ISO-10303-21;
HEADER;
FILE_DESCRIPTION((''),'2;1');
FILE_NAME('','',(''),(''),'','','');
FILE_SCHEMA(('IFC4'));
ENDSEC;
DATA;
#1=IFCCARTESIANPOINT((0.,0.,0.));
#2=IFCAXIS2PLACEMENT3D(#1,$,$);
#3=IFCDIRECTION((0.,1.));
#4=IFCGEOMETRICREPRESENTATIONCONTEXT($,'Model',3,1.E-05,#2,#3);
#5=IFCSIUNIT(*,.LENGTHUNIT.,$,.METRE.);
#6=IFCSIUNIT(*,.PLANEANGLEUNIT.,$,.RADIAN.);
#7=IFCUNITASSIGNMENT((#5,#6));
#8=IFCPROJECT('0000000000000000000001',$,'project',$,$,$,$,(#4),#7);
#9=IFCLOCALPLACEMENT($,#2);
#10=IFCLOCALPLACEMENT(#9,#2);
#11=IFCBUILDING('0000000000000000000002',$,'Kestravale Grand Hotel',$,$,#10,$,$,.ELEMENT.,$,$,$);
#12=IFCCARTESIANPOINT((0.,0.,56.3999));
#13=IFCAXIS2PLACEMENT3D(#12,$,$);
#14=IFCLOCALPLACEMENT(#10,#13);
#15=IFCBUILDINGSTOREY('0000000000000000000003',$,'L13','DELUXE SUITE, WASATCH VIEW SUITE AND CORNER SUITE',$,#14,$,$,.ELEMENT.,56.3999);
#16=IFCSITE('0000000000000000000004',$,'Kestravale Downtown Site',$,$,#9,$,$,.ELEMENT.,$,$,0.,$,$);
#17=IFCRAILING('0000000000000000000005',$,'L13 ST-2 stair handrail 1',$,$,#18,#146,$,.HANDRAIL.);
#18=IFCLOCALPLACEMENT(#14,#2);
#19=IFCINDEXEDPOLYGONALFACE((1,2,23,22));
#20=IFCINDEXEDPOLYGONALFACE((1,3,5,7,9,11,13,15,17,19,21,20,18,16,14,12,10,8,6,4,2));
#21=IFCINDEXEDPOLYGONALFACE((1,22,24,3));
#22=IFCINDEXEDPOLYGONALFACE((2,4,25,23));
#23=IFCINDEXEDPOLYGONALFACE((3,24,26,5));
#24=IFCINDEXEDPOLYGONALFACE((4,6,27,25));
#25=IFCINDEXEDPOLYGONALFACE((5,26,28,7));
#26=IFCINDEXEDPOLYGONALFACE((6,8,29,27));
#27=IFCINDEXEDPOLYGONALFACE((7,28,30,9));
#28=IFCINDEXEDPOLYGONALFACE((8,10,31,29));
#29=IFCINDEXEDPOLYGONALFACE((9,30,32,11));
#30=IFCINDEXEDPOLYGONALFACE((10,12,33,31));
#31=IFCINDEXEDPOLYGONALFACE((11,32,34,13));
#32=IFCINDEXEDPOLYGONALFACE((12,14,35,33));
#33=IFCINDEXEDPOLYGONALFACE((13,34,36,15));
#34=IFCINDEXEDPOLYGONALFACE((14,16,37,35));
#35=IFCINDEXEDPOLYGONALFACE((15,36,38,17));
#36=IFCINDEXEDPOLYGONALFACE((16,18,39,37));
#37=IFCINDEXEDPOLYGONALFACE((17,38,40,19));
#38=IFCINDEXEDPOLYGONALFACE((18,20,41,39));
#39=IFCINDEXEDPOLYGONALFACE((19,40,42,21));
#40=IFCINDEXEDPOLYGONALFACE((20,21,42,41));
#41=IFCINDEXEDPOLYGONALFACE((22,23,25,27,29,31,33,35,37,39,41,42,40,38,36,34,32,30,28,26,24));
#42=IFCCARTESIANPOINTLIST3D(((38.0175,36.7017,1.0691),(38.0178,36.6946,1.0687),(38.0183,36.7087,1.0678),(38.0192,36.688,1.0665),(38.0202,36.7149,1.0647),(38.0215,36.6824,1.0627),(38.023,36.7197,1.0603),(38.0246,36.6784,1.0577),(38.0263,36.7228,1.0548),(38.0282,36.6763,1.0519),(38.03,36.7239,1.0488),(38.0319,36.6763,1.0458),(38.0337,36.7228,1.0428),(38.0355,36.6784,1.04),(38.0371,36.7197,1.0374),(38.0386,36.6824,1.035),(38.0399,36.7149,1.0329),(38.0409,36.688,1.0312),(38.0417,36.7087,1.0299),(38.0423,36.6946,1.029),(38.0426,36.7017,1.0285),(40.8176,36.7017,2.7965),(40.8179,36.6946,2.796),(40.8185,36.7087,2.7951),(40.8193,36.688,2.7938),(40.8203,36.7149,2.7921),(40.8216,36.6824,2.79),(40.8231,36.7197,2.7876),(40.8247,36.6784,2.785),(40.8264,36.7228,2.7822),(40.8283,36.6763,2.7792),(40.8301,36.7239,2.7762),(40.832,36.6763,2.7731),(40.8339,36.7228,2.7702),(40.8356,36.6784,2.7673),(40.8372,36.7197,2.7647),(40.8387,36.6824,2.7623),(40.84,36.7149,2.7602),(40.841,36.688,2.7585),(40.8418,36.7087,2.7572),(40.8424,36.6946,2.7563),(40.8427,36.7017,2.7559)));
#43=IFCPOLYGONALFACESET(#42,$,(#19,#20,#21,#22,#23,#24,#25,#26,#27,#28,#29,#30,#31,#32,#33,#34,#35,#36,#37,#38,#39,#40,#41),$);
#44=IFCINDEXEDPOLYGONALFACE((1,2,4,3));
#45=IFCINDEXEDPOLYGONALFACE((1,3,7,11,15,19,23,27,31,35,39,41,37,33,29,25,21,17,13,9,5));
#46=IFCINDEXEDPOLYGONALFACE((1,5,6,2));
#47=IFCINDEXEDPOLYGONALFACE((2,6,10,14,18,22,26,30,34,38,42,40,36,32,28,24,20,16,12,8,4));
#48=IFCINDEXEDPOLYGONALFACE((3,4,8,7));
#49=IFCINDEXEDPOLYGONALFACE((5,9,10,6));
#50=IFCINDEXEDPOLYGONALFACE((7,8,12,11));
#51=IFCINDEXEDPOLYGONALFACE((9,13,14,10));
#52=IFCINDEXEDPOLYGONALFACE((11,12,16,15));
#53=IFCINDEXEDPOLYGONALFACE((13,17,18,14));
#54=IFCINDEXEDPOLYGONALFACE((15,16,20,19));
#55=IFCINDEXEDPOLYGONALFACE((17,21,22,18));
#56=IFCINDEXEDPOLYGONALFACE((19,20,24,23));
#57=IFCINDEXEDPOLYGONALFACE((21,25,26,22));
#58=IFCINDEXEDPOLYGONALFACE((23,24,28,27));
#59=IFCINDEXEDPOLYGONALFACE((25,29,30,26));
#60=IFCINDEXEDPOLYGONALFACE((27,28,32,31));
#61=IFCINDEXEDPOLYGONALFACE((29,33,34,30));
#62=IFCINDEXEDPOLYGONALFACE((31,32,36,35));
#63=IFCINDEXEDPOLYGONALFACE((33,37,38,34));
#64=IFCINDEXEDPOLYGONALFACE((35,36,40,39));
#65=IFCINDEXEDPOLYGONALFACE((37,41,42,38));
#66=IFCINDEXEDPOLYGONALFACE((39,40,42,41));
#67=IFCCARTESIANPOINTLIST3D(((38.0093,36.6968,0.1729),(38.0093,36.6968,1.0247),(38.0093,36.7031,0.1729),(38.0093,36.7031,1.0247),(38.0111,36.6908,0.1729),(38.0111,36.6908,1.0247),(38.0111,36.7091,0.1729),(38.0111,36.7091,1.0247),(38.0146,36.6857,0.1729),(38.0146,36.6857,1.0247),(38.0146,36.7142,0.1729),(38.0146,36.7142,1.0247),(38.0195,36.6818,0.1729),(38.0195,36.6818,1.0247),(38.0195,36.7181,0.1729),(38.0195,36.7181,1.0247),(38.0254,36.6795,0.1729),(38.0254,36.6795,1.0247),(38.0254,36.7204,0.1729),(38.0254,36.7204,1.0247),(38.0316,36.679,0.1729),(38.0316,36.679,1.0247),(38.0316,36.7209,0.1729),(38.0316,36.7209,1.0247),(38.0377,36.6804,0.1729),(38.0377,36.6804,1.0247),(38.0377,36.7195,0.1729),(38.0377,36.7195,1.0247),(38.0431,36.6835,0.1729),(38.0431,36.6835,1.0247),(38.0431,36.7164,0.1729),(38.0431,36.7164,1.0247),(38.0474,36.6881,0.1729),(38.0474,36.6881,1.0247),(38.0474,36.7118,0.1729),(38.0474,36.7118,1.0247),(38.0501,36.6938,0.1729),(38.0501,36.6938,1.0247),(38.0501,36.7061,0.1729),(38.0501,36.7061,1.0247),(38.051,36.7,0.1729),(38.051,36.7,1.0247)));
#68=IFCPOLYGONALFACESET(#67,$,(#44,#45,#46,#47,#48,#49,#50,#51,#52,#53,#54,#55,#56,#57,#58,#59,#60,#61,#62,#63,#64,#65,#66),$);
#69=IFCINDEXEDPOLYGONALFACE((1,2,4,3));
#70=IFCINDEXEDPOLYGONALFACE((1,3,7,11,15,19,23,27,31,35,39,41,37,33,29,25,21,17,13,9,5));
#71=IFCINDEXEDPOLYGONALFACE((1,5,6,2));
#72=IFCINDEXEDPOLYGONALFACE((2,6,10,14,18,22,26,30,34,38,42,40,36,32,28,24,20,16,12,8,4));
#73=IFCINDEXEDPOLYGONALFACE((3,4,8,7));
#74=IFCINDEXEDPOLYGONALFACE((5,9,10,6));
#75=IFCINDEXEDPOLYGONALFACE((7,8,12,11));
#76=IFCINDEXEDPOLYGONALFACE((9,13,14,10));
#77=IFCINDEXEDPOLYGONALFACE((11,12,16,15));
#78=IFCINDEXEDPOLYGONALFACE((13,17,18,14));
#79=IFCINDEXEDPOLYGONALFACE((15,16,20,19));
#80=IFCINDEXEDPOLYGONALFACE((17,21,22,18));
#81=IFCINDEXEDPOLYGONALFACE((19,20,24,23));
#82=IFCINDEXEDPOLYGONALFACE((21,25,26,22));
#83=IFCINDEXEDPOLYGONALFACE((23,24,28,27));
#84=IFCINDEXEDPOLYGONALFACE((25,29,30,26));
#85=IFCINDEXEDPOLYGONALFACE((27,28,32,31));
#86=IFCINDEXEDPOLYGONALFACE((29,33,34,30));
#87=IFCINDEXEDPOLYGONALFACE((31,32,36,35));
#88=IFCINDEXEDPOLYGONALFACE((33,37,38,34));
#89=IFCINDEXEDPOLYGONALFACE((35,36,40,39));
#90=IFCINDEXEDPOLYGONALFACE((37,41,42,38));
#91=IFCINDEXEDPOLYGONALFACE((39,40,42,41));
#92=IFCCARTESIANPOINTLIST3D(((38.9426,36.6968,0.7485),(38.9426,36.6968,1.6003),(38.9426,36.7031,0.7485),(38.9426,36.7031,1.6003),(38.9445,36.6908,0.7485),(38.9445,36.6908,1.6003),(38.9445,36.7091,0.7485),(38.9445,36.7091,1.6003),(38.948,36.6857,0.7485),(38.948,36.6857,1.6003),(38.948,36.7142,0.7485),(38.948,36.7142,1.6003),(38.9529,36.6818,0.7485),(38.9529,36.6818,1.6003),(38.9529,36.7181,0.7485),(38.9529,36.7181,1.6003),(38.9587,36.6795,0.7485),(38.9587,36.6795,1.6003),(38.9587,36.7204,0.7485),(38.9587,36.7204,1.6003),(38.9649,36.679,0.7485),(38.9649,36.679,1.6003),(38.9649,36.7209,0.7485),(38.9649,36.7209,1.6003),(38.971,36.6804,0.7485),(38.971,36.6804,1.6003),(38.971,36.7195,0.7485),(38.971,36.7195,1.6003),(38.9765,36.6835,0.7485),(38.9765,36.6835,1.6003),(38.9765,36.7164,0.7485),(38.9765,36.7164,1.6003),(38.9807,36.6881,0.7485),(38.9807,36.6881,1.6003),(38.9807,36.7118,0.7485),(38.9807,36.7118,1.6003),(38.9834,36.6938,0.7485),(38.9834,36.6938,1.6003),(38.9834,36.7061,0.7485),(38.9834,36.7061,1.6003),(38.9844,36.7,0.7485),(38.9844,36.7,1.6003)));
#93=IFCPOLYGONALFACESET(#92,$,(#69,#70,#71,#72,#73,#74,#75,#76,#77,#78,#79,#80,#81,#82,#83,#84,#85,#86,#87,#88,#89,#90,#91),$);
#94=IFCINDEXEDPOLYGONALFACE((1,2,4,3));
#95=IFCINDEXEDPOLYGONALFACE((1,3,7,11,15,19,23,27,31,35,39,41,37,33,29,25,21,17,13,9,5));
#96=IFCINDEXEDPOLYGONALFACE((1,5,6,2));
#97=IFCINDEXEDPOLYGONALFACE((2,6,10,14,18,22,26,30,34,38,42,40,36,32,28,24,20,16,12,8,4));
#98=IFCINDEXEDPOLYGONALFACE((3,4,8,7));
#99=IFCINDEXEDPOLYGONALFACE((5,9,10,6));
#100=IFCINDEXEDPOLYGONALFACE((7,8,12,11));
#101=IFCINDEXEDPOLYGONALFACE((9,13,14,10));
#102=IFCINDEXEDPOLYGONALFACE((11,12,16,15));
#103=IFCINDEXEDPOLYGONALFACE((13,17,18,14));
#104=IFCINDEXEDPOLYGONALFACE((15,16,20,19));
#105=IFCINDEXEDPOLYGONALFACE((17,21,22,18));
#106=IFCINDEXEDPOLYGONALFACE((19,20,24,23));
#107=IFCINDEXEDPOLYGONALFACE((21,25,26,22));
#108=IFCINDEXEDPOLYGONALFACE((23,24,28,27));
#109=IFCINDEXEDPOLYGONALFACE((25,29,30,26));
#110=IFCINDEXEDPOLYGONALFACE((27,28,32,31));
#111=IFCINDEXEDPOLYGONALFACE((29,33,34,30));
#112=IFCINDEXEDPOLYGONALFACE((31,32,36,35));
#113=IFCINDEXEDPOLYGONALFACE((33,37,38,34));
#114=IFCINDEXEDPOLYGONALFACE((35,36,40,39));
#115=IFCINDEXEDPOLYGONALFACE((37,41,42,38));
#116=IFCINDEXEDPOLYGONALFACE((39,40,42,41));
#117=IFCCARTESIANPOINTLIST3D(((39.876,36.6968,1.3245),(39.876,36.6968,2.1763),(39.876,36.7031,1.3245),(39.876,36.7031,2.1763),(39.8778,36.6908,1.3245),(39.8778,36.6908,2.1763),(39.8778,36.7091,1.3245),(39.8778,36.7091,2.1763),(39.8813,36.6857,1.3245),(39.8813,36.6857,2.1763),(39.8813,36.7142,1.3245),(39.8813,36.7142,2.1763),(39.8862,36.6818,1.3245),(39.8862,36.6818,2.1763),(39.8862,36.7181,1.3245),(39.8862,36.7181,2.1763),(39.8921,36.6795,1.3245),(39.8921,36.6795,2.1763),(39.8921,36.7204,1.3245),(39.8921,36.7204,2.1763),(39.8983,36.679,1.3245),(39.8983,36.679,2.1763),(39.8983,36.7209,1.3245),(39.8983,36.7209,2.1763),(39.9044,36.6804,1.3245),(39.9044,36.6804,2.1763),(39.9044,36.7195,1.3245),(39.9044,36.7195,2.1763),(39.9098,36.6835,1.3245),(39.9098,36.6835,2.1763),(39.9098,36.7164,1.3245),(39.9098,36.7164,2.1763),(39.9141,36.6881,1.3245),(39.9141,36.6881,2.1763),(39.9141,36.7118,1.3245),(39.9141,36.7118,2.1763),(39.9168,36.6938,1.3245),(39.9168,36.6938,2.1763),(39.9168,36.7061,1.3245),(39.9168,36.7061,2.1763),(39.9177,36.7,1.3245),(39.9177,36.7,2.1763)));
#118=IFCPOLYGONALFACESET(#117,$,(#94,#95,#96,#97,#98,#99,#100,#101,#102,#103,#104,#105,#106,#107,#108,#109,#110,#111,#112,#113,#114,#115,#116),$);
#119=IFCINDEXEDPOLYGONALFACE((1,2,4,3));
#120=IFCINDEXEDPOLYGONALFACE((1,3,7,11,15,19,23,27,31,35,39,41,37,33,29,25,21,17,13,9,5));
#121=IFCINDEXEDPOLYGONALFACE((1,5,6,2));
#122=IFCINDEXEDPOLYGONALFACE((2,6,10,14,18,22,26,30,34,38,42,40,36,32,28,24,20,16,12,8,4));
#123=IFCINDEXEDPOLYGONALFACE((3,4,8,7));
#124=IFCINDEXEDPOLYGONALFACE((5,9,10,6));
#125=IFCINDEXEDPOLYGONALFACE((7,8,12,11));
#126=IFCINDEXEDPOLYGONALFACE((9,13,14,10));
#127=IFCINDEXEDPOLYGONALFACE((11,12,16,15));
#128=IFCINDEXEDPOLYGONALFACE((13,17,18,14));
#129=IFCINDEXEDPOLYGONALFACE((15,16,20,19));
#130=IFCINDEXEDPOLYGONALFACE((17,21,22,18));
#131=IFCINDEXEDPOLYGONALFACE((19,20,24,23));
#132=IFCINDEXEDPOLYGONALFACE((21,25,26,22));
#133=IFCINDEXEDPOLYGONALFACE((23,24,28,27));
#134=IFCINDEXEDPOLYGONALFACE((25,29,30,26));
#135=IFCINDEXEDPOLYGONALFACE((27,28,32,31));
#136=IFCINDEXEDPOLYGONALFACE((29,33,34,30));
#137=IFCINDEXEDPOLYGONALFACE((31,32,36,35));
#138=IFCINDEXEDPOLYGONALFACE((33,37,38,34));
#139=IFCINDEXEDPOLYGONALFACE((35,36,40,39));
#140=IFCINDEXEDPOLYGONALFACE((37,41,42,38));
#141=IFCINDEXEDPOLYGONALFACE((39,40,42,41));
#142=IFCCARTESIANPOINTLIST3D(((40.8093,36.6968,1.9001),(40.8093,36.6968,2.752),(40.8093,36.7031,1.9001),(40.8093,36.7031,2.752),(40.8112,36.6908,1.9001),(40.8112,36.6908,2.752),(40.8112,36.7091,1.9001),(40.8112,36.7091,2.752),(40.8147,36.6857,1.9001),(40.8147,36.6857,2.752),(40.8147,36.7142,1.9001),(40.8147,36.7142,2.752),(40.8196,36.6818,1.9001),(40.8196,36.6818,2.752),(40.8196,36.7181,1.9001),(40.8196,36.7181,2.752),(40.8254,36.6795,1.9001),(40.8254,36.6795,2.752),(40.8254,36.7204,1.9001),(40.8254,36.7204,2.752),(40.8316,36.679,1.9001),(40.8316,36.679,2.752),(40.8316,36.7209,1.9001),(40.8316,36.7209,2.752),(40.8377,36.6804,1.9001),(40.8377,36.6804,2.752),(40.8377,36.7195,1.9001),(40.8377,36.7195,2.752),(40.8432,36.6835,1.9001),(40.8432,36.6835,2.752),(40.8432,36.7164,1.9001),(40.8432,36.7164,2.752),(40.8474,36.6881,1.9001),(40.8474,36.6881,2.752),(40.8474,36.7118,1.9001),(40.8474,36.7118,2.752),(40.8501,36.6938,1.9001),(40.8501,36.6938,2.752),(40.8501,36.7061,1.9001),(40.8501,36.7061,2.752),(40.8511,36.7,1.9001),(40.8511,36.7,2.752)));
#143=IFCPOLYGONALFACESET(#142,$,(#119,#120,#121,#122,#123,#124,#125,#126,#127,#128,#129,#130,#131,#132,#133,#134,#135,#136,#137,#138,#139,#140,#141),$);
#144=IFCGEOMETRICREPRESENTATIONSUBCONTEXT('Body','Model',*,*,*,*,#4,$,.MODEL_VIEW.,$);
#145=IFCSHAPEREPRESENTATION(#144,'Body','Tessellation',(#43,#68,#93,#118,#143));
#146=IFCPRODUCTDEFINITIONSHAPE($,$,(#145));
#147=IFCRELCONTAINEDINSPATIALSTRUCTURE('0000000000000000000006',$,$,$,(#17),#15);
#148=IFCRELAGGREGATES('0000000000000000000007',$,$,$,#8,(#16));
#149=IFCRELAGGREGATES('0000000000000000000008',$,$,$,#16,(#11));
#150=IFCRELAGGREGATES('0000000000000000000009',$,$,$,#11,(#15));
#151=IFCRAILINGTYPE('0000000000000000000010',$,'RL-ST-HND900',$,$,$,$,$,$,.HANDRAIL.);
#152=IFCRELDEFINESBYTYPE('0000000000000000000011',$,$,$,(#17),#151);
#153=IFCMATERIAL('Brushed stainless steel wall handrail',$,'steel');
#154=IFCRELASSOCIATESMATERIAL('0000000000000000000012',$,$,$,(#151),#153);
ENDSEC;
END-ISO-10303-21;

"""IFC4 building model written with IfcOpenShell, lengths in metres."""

from ifc_helpers import new_model, si_unit, direction, frame, origin, origin_2d, place, context, subcontext, project, spatial, circle, extrude, material, type_object, element, save


model = new_model("IFC4")

# Units and contexts
model_context = context("Model", 3, precision=1e-05, world=origin(), true_north=direction((0.0, 1.0)))
body_context = subcontext(model_context, "Body", "Model", "MODEL_VIEW")
ifc_project = project(units=[si_unit("LENGTHUNIT", "METRE"), si_unit("PLANEANGLEUNIT", "RADIAN")], contexts=[model_context])

# Site, building, storey
site_placement = place(None, origin())
site = spatial("IfcSite", under=ifc_project, at=site_placement, Name="Kestravale Downtown Site", CompositionType="ELEMENT", RefElevation=0.0)
building_placement = place(site_placement, origin())
building = spatial("IfcBuilding", under=site, at=building_placement, Name="Kestravale Grand Hotel", CompositionType="ELEMENT")
storey_placement = place(building_placement, frame((0.0, 0.0, 56.3999)))
storey = spatial("IfcBuildingStorey", under=building, at=storey_placement, Name="L13", Description="DELUXE SUITE, WASATCH VIEW SUITE AND CORNER SUITE", CompositionType="ELEMENT", Elevation=56.3999)

# Railing
ifc_material_1 = material(Name="Brushed stainless steel wall handrail", Category="steel")
railing_type_1 = type_object("IfcRailingType", Name="RL-ST-HND900", PredefinedType="HANDRAIL", material=ifc_material_1)
railing_1_placement = place(storey_placement, frame((38.03, 36.7, 0.1729)))
element("IfcRailing", 1, at=railing_1_placement, inside=storey, type_object=railing_type_1, Name="L13 ST-2 stair handrail 1", PredefinedType="HANDRAIL", context=body_context, shape_type="SweptSolid", body=[
    extrude(circle(Radius=0.0239, at=origin_2d()), frame((0.0, 0.0, 0.876), z_axis=(0.85109, 0.0, 0.52502), x_axis=(0.0, 1.0, 0.0)), (0.0, 0.0, 1.0), 3.29),
    extrude(circle(Radius=0.021, at=origin_2d()), origin(), (0.0, 0.0, 1.0), 0.8518),
    extrude(circle(Radius=0.021, at=origin_2d()), frame((0.9333, 0.0, 0.5757)), (0.0, 0.0, 1.0), 0.8518),
    extrude(circle(Radius=0.021, at=origin_2d()), frame((1.8667, 0.0, 1.1516)), (0.0, 0.0, 1.0), 0.8518),
    extrude(circle(Radius=0.021, at=origin_2d()), frame((2.8, 0.0, 1.7273)), (0.0, 0.0, 1.0), 0.8518),
])

save(model, "model.ifc")
